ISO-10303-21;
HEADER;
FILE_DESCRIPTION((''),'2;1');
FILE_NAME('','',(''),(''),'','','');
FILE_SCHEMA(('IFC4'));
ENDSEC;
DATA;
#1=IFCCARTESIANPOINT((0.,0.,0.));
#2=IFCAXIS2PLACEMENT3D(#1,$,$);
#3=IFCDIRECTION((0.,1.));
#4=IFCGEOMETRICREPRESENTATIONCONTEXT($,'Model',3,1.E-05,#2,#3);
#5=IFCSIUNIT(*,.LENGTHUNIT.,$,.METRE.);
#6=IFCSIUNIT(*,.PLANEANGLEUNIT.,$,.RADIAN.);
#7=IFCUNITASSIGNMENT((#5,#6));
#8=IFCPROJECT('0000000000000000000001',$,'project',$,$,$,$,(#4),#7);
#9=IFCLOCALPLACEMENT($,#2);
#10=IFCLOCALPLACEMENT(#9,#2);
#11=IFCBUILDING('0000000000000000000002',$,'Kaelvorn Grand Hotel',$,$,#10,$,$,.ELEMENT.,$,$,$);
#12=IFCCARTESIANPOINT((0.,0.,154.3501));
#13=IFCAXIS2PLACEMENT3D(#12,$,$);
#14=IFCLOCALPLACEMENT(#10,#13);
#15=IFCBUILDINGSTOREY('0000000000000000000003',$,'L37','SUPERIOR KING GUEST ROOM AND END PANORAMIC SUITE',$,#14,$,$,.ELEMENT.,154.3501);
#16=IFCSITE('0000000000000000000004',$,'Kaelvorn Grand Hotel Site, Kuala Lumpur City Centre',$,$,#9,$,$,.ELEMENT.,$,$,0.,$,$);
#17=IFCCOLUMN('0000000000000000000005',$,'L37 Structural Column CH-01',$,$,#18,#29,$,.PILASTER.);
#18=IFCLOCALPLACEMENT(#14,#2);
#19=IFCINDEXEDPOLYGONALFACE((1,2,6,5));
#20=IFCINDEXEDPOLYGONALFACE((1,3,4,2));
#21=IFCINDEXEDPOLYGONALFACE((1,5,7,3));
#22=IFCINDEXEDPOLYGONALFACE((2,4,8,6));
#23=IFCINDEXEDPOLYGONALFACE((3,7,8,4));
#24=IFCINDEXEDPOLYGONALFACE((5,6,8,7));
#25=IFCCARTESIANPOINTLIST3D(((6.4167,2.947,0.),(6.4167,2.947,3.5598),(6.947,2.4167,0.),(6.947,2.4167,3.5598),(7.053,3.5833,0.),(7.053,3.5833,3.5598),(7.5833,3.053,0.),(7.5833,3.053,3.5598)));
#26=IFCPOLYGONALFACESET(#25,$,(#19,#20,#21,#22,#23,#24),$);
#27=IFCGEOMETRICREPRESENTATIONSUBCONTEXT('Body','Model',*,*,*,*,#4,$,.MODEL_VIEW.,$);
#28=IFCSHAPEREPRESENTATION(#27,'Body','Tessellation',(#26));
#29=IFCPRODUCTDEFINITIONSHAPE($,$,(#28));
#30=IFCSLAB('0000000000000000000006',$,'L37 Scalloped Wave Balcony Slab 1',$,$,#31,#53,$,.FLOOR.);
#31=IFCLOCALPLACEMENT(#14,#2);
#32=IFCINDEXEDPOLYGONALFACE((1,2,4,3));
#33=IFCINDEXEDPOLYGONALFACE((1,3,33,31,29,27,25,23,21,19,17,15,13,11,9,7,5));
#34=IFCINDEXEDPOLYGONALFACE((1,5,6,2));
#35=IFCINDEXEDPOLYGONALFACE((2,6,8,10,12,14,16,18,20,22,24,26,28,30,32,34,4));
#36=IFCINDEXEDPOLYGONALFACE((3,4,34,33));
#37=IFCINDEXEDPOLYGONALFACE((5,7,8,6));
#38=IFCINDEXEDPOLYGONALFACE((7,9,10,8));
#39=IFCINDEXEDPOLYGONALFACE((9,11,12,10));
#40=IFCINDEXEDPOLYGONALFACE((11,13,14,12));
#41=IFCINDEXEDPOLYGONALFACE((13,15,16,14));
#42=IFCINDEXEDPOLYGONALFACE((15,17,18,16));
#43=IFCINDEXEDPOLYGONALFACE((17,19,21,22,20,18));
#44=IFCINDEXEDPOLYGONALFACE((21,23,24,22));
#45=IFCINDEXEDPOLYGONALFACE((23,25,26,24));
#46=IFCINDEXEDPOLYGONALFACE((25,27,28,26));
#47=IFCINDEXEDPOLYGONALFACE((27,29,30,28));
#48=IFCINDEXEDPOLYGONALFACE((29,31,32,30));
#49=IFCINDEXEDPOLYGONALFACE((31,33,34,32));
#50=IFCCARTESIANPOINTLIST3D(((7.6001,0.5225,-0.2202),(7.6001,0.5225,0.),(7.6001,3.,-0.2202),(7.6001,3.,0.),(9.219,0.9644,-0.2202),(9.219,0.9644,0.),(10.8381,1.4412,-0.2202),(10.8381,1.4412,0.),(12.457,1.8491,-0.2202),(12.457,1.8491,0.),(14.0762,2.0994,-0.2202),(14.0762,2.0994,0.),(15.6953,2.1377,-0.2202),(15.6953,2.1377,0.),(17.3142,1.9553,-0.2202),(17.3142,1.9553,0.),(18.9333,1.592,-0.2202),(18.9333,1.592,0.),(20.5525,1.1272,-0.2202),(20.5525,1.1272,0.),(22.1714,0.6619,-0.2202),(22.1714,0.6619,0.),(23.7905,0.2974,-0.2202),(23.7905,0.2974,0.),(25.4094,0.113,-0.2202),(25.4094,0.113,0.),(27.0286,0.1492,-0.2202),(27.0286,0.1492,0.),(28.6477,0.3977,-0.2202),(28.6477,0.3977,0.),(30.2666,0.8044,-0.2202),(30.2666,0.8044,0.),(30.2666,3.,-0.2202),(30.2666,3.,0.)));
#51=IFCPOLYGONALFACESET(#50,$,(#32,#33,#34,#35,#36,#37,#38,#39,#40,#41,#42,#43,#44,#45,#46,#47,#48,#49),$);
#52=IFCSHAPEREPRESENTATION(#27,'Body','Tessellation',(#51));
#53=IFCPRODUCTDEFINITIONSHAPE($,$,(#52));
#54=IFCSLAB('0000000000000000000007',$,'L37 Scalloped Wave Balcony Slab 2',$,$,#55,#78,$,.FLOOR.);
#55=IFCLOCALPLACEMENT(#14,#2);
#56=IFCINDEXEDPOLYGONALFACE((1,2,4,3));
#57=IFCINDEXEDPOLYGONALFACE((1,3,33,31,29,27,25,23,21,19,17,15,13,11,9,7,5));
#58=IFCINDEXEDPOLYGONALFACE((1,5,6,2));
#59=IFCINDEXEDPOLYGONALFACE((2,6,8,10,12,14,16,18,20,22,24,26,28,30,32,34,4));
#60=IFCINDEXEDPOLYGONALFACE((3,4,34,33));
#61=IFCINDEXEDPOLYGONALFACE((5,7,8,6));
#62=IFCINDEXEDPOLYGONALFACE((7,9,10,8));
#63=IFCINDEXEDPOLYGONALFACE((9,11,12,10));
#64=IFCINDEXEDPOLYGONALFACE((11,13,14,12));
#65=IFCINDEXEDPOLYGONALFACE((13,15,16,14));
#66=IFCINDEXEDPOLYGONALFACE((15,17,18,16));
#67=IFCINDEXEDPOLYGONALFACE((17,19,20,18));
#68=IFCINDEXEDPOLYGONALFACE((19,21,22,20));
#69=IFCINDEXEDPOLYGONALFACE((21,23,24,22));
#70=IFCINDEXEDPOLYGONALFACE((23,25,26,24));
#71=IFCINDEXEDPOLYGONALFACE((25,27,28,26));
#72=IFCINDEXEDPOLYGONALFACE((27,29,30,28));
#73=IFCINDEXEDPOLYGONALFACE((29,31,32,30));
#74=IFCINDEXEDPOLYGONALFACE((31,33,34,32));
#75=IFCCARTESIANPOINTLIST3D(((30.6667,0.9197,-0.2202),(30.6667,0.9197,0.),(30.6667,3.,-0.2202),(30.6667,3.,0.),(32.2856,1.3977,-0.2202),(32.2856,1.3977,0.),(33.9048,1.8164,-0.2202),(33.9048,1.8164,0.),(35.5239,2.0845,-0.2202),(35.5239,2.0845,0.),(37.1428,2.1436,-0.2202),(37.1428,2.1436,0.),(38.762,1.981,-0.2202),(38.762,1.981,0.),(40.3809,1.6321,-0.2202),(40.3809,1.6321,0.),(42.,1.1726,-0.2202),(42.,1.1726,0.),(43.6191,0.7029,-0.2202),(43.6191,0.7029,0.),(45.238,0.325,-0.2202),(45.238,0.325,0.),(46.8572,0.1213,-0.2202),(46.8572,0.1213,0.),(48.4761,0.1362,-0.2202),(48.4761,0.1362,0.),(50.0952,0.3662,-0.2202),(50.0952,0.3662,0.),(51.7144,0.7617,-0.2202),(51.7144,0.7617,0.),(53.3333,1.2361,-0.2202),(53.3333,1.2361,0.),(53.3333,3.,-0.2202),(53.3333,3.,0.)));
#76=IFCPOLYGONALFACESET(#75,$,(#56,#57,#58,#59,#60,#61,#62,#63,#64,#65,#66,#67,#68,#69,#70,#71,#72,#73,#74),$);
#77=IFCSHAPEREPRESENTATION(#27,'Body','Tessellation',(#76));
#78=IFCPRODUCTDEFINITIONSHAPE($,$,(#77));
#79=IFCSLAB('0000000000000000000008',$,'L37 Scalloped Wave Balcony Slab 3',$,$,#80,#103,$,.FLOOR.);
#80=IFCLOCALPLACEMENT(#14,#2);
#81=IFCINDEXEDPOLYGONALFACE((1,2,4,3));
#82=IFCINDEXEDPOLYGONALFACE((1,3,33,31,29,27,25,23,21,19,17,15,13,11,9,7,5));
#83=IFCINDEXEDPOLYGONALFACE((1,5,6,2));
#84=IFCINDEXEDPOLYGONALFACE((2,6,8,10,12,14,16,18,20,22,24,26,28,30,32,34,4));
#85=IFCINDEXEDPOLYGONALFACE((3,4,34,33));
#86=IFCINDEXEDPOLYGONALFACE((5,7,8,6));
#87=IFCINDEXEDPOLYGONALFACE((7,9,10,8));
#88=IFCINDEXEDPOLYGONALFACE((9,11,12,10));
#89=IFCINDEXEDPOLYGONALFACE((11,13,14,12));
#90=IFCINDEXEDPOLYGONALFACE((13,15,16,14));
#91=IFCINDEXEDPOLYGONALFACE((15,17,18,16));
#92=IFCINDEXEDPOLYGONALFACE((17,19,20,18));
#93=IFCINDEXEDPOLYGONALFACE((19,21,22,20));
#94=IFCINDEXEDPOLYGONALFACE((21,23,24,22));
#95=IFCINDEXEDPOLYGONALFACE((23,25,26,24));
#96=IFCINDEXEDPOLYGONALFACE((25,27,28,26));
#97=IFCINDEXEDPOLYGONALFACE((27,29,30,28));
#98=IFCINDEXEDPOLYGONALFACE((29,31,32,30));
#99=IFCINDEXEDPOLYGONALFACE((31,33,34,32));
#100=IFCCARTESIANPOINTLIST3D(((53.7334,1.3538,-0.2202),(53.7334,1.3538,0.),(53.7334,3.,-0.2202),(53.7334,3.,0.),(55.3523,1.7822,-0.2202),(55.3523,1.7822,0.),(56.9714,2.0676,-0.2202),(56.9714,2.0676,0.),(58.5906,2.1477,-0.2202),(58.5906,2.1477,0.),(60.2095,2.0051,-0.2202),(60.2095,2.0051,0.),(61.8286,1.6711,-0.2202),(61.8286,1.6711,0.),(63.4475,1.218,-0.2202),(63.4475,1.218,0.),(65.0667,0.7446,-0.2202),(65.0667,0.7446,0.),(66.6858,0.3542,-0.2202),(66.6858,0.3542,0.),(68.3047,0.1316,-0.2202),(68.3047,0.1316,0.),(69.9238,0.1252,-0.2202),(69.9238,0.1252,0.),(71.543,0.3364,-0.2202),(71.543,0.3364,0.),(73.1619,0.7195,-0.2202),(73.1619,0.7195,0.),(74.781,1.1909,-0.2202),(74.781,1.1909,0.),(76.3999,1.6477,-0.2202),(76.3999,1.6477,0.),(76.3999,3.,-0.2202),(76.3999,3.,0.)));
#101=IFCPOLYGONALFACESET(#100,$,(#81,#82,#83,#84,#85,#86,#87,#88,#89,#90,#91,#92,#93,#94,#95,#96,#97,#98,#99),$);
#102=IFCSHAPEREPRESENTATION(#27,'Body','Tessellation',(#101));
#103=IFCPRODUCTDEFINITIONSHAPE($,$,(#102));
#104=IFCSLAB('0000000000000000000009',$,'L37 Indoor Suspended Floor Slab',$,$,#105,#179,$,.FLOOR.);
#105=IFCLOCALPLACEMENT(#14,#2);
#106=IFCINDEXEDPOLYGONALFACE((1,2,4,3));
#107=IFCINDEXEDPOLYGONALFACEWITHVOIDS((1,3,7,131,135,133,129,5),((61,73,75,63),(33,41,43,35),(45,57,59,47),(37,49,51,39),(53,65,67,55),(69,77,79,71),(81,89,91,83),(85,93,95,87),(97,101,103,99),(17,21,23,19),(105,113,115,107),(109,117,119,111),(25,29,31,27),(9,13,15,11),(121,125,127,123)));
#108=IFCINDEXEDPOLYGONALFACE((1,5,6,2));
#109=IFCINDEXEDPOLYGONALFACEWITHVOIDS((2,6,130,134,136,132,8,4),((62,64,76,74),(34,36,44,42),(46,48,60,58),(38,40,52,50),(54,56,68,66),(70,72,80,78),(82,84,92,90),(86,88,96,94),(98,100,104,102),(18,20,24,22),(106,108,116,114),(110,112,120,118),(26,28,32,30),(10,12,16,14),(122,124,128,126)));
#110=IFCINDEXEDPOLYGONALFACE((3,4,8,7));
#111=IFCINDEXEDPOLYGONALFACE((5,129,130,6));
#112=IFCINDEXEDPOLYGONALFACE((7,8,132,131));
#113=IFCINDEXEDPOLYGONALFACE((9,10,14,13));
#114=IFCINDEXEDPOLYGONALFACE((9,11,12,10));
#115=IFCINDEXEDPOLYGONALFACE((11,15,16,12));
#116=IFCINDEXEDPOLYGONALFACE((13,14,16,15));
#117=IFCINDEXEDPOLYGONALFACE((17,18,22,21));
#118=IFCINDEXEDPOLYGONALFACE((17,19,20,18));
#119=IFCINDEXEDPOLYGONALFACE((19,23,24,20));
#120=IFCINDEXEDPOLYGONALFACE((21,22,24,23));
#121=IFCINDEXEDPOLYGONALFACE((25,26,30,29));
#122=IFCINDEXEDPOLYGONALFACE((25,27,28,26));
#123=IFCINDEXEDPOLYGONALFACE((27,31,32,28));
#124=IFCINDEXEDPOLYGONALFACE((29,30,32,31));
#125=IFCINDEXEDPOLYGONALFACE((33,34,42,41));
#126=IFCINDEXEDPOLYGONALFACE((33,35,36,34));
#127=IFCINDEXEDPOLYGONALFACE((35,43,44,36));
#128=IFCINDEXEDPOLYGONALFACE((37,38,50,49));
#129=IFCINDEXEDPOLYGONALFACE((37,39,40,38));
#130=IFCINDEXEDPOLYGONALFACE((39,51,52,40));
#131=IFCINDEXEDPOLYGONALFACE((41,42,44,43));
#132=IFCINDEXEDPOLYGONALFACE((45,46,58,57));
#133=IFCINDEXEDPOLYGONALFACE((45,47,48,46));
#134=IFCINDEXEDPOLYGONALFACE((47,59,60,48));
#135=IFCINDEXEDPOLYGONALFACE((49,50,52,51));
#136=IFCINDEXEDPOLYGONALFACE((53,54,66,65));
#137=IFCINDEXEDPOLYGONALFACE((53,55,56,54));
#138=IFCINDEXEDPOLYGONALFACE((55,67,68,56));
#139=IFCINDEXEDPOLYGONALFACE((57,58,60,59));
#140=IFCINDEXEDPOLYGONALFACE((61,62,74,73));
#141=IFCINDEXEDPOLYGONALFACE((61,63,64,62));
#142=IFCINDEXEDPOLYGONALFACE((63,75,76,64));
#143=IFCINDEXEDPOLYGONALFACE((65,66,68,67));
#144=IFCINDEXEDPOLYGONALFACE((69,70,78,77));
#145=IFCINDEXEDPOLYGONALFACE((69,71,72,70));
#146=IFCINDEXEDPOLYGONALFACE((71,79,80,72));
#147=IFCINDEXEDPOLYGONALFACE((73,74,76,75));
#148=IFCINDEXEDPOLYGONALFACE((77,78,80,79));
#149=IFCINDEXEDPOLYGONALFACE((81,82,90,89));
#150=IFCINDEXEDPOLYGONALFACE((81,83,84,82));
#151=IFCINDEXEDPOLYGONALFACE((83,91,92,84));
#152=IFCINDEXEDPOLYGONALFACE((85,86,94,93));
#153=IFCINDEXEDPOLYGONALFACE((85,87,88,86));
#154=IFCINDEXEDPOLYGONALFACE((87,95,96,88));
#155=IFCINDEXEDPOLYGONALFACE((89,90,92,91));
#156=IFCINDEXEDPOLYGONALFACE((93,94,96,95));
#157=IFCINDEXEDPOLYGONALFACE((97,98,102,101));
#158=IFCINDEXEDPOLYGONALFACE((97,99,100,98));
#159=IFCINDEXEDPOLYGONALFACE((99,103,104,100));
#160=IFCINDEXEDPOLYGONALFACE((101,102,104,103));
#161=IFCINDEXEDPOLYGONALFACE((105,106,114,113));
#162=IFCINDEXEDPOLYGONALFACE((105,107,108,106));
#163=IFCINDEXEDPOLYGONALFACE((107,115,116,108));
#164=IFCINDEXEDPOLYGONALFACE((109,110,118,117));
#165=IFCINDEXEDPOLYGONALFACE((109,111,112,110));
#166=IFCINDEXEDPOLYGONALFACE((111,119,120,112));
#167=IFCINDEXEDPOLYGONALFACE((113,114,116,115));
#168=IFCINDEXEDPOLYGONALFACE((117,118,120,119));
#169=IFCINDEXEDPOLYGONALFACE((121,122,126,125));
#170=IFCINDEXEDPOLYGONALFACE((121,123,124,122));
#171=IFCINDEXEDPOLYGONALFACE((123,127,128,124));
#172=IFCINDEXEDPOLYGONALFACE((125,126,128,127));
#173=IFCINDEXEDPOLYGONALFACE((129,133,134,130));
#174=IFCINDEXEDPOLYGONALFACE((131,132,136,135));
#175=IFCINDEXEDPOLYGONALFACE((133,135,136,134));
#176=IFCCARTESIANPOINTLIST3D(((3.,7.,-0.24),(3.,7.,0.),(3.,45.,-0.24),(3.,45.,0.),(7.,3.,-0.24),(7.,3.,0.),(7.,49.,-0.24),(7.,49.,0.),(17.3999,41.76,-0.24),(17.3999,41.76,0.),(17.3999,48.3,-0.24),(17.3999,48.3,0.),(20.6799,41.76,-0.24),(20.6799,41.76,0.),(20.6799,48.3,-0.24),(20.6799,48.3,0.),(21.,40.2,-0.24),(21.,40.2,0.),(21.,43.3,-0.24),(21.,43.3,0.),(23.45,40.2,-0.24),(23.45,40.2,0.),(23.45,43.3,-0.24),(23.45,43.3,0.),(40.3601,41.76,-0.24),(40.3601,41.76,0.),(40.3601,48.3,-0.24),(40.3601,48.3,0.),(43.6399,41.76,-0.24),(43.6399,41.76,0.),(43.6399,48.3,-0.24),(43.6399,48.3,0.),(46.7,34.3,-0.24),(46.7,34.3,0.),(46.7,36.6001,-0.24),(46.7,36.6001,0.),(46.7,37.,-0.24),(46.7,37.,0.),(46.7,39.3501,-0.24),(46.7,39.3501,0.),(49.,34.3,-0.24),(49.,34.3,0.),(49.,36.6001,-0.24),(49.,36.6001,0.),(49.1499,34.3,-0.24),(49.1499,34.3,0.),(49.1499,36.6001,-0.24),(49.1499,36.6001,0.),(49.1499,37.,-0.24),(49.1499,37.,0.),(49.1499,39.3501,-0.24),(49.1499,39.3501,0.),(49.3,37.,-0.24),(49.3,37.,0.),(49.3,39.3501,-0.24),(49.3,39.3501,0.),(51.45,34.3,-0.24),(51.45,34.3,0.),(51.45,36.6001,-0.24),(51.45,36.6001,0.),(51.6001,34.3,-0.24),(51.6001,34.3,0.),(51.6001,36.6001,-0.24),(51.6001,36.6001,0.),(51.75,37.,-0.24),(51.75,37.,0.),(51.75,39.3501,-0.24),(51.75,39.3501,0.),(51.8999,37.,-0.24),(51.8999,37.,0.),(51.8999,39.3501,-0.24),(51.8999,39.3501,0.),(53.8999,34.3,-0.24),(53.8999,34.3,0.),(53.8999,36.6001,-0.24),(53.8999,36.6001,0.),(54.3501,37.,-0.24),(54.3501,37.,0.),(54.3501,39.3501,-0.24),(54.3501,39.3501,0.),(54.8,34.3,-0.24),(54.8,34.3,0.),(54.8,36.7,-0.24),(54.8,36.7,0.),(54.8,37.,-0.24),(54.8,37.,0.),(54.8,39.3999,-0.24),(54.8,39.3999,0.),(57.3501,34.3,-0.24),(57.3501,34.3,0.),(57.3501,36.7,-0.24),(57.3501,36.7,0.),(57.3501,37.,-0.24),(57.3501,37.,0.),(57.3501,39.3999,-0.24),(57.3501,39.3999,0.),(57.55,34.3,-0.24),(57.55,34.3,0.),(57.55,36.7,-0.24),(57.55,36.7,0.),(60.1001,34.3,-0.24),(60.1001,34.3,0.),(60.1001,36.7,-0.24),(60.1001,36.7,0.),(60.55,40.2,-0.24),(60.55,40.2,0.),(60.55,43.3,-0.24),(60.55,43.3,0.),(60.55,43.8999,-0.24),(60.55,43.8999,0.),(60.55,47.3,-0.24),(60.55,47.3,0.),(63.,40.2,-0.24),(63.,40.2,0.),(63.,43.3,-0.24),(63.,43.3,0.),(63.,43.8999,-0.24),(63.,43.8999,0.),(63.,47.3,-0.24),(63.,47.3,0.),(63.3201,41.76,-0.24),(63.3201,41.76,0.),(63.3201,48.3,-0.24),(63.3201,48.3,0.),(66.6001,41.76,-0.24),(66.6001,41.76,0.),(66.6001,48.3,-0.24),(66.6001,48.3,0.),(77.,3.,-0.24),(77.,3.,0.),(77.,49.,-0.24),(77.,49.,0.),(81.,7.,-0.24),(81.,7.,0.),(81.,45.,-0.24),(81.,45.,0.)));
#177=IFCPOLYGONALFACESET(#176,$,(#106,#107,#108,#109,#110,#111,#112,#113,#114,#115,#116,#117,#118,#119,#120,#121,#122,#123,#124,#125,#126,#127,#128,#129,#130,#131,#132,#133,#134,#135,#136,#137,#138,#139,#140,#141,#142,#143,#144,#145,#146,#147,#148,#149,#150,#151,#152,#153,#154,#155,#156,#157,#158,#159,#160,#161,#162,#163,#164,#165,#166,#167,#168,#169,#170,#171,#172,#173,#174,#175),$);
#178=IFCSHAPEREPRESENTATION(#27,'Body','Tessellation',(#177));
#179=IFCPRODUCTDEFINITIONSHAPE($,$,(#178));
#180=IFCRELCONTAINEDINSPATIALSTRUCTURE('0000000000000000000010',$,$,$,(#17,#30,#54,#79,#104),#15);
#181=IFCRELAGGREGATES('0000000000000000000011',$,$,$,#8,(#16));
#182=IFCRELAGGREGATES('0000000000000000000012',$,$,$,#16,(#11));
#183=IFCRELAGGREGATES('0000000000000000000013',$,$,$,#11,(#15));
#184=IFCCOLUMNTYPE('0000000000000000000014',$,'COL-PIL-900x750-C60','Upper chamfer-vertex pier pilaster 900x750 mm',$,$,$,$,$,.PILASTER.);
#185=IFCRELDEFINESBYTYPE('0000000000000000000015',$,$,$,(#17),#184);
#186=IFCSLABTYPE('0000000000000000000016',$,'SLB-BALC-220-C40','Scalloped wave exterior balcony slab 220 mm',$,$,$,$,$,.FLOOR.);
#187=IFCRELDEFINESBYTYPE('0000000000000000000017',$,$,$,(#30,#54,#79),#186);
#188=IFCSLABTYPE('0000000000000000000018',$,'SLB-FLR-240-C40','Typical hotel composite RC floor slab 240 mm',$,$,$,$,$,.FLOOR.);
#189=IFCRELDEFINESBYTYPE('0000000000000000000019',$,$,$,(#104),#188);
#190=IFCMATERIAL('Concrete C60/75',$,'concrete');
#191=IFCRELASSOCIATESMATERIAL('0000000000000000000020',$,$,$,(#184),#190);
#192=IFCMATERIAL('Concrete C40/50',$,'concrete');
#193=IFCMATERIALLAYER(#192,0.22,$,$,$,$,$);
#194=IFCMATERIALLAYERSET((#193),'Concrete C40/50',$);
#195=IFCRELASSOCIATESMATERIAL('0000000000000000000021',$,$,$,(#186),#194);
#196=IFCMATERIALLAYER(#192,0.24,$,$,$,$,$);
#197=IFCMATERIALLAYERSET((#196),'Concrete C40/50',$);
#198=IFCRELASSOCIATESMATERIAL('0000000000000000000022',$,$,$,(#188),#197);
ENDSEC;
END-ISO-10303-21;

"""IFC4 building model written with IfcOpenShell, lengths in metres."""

from ifc_helpers import new_model, si_unit, direction, frame, origin, origin_2d, place, context, subcontext, project, spatial, polyline, rectangle, outline, extrude, material, layer, layer_set, material_profile, profile_set, type_object, element, save


model = new_model("IFC4")

# Units and contexts
model_context = context("Model", 3, precision=1e-05, world=origin(), true_north=direction((0.0, 1.0)))
body_context = subcontext(model_context, "Body", "Model", "MODEL_VIEW")
ifc_project = project(units=[si_unit("LENGTHUNIT", "METRE"), si_unit("PLANEANGLEUNIT", "RADIAN")], contexts=[model_context])

# Site, building, storey
site_placement = place(None, origin())
site = spatial("IfcSite", under=ifc_project, at=site_placement, Name="Kaelvorn Grand Hotel Site, Kuala Lumpur City Centre", CompositionType="ELEMENT", RefElevation=0.0)
building_placement = place(site_placement, origin())
building = spatial("IfcBuilding", under=site, at=building_placement, Name="Kaelvorn Grand Hotel", CompositionType="ELEMENT")
storey_placement = place(building_placement, frame((0.0, 0.0, 154.3501)))
storey = spatial("IfcBuildingStorey", under=building, at=storey_placement, Name="L37", Description="SUPERIOR KING GUEST ROOM AND END PANORAMIC SUITE", CompositionType="ELEMENT", Elevation=154.3501)

# Column
ifc_material_1 = material(Name="Concrete C60/75", Category="concrete")
ifc_material_profile = material_profile(ifc_material_1, rectangle(XDim=0.8999, YDim=0.75, at=origin_2d()), Name="RC PILASTER 900x750")
ifc_profile_set = profile_set([ifc_material_profile], Name="Concrete C60/75")
column_type = type_object("IfcColumnType", Name="COL-PIL-900x750-C60", Description="Upper chamfer-vertex pier pilaster 900x750 mm", PredefinedType="PILASTER", material=ifc_profile_set)
column_placement = place(storey_placement, frame((7.0, 3.0, 0.0), z_axis=(0.0, 0.0, 1.0), x_axis=(0.707107, 0.707107, 0.0)))
element("IfcColumn", 1, at=column_placement, inside=storey, type_object=column_type, Name="L37 Structural Column CH-01", PredefinedType="PILASTER", context=body_context, shape_type="SweptSolid", body=[
    extrude(rectangle(XDim=0.8999, YDim=0.75, at=origin_2d()), origin(), (0.0, 0.0, 1.0), 3.5598),
])

# Slabs
ifc_material_2 = material(Name="Concrete C40/50", Category="concrete")
ifc_layer_1 = layer(ifc_material_2, 0.22)
ifc_layer_set_1 = layer_set([ifc_layer_1], Name="Concrete C40/50")
slab_type_1 = type_object("IfcSlabType", Name="SLB-BALC-220-C40", Description="Scalloped wave exterior balcony slab 220 mm", PredefinedType="FLOOR", material=ifc_layer_set_1)
slab_1_placement = place(storey_placement, frame((0.0, 0.0, -0.2202)))
element("IfcSlab", 2, at=slab_1_placement, inside=storey, type_object=slab_type_1, Name="L37 Scalloped Wave Balcony Slab 1", PredefinedType="FLOOR", context=body_context, shape_type="SweptSolid", body=[
    extrude(outline(polyline([(7.6001, 0.5225), (9.219, 0.9644), (10.8381, 1.4412), (12.457, 1.8491), (14.0762, 2.0994), (15.6953, 2.1377), (17.3142, 1.9553), (18.9333, 1.592), (20.5525, 1.1272), (22.1714, 0.6619), (23.7905, 0.2974), (25.4094, 0.113), (27.0286, 0.1492), (28.6477, 0.3977), (30.2666, 0.8044), (30.2666, 3.0), (7.6001, 3.0), (7.6001, 0.5225)])), origin(), (0.0, 0.0, 1.0), 0.2202),
])
slab_2_placement = place(storey_placement, frame((0.0, 0.0, -0.2202)))
element("IfcSlab", 3, at=slab_2_placement, inside=storey, type_object=slab_type_1, Name="L37 Scalloped Wave Balcony Slab 2", PredefinedType="FLOOR", context=body_context, shape_type="SweptSolid", body=[
    extrude(outline(polyline([(30.6667, 0.9197), (32.2856, 1.3977), (33.9048, 1.8164), (35.5239, 2.0845), (37.1428, 2.1436), (38.762, 1.981), (40.3809, 1.6321), (42.0, 1.1726), (43.6191, 0.7029), (45.238, 0.325), (46.8572, 0.1213), (48.4761, 0.1362), (50.0952, 0.3662), (51.7144, 0.7617), (53.3333, 1.2361), (53.3333, 3.0), (30.6667, 3.0), (30.6667, 0.9197)])), origin(), (0.0, 0.0, 1.0), 0.2202),
])
slab_3_placement = place(storey_placement, frame((0.0, 0.0, -0.2202)))
element("IfcSlab", 4, at=slab_3_placement, inside=storey, type_object=slab_type_1, Name="L37 Scalloped Wave Balcony Slab 3", PredefinedType="FLOOR", context=body_context, shape_type="SweptSolid", body=[
    extrude(outline(polyline([(53.7334, 1.3538), (55.3523, 1.7822), (56.9714, 2.0676), (58.5906, 2.1477), (60.2095, 2.0051), (61.8286, 1.6711), (63.4475, 1.218), (65.0667, 0.7446), (66.6858, 0.3542), (68.3047, 0.1316), (69.9238, 0.1252), (71.543, 0.3364), (73.1619, 0.7195), (74.781, 1.1909), (76.3999, 1.6477), (76.3999, 3.0), (53.7334, 3.0), (53.7334, 1.3538)])), origin(), (0.0, 0.0, 1.0), 0.2202),
])
ifc_layer_2 = layer(ifc_material_2, 0.24)
ifc_layer_set_2 = layer_set([ifc_layer_2], Name="Concrete C40/50")
slab_type_2 = type_object("IfcSlabType", Name="SLB-FLR-240-C40", Description="Typical hotel composite RC floor slab 240 mm", PredefinedType="FLOOR", material=ifc_layer_set_2)
slab_4_placement = place(storey_placement, frame((0.0, 0.0, -0.24)))
element("IfcSlab", 5, at=slab_4_placement, inside=storey, type_object=slab_type_2, Name="L37 Indoor Suspended Floor Slab", PredefinedType="FLOOR", context=body_context, shape_type="SweptSolid", body=[
    extrude(outline(polyline([(7.0, 3.0), (77.0, 3.0), (81.0, 7.0), (81.0, 45.0), (77.0, 49.0), (7.0, 49.0), (3.0, 45.0), (3.0, 7.0), (7.0, 3.0)]), holes=[polyline([(17.3999, 41.76), (17.3999, 48.3), (20.6799, 48.3), (20.6799, 41.76), (17.3999, 41.76)]), polyline([(40.3601, 41.76), (40.3601, 48.3), (43.6399, 48.3), (43.6399, 41.76), (40.3601, 41.76)]), polyline([(63.3201, 41.76), (63.3201, 48.3), (66.6001, 48.3), (66.6001, 41.76), (63.3201, 41.76)]), polyline([(46.7, 34.3), (46.7, 36.6001), (49.0, 36.6001), (49.0, 34.3), (46.7, 34.3)]), polyline([(49.1499, 34.3), (49.1499, 36.6001), (51.45, 36.6001), (51.45, 34.3), (49.1499, 34.3)]), polyline([(51.6001, 34.3), (51.6001, 36.6001), (53.8999, 36.6001), (53.8999, 34.3), (51.6001, 34.3)]), polyline([(46.7, 37.0), (46.7, 39.3501), (49.1499, 39.3501), (49.1499, 37.0), (46.7, 37.0)]), polyline([(49.3, 37.0), (49.3, 39.3501), (51.75, 39.3501), (51.75, 37.0), (49.3, 37.0)]), polyline([(51.8999, 37.0), (51.8999, 39.3501), (54.3501, 39.3501), (54.3501, 37.0), (51.8999, 37.0)]), polyline([(54.8, 34.3), (54.8, 36.7), (57.3501, 36.7), (57.3501, 34.3), (54.8, 34.3)]), polyline([(57.55, 34.3), (57.55, 36.7), (60.1001, 36.7), (60.1001, 34.3), (57.55, 34.3)]), polyline([(54.8, 37.0), (54.8, 39.3999), (57.3501, 39.3999), (57.3501, 37.0), (54.8, 37.0)]), polyline([(21.0, 40.2), (21.0, 43.3), (23.45, 43.3), (23.45, 40.2), (21.0, 40.2)]), polyline([(60.55, 40.2), (60.55, 43.3), (63.0, 43.3), (63.0, 40.2), (60.55, 40.2)]), polyline([(60.55, 43.8999), (60.55, 47.3), (63.0, 47.3), (63.0, 43.8999), (60.55, 43.8999)])]), origin(), (0.0, 0.0, 1.0), 0.24),
])

save(model, "model.ifc")
